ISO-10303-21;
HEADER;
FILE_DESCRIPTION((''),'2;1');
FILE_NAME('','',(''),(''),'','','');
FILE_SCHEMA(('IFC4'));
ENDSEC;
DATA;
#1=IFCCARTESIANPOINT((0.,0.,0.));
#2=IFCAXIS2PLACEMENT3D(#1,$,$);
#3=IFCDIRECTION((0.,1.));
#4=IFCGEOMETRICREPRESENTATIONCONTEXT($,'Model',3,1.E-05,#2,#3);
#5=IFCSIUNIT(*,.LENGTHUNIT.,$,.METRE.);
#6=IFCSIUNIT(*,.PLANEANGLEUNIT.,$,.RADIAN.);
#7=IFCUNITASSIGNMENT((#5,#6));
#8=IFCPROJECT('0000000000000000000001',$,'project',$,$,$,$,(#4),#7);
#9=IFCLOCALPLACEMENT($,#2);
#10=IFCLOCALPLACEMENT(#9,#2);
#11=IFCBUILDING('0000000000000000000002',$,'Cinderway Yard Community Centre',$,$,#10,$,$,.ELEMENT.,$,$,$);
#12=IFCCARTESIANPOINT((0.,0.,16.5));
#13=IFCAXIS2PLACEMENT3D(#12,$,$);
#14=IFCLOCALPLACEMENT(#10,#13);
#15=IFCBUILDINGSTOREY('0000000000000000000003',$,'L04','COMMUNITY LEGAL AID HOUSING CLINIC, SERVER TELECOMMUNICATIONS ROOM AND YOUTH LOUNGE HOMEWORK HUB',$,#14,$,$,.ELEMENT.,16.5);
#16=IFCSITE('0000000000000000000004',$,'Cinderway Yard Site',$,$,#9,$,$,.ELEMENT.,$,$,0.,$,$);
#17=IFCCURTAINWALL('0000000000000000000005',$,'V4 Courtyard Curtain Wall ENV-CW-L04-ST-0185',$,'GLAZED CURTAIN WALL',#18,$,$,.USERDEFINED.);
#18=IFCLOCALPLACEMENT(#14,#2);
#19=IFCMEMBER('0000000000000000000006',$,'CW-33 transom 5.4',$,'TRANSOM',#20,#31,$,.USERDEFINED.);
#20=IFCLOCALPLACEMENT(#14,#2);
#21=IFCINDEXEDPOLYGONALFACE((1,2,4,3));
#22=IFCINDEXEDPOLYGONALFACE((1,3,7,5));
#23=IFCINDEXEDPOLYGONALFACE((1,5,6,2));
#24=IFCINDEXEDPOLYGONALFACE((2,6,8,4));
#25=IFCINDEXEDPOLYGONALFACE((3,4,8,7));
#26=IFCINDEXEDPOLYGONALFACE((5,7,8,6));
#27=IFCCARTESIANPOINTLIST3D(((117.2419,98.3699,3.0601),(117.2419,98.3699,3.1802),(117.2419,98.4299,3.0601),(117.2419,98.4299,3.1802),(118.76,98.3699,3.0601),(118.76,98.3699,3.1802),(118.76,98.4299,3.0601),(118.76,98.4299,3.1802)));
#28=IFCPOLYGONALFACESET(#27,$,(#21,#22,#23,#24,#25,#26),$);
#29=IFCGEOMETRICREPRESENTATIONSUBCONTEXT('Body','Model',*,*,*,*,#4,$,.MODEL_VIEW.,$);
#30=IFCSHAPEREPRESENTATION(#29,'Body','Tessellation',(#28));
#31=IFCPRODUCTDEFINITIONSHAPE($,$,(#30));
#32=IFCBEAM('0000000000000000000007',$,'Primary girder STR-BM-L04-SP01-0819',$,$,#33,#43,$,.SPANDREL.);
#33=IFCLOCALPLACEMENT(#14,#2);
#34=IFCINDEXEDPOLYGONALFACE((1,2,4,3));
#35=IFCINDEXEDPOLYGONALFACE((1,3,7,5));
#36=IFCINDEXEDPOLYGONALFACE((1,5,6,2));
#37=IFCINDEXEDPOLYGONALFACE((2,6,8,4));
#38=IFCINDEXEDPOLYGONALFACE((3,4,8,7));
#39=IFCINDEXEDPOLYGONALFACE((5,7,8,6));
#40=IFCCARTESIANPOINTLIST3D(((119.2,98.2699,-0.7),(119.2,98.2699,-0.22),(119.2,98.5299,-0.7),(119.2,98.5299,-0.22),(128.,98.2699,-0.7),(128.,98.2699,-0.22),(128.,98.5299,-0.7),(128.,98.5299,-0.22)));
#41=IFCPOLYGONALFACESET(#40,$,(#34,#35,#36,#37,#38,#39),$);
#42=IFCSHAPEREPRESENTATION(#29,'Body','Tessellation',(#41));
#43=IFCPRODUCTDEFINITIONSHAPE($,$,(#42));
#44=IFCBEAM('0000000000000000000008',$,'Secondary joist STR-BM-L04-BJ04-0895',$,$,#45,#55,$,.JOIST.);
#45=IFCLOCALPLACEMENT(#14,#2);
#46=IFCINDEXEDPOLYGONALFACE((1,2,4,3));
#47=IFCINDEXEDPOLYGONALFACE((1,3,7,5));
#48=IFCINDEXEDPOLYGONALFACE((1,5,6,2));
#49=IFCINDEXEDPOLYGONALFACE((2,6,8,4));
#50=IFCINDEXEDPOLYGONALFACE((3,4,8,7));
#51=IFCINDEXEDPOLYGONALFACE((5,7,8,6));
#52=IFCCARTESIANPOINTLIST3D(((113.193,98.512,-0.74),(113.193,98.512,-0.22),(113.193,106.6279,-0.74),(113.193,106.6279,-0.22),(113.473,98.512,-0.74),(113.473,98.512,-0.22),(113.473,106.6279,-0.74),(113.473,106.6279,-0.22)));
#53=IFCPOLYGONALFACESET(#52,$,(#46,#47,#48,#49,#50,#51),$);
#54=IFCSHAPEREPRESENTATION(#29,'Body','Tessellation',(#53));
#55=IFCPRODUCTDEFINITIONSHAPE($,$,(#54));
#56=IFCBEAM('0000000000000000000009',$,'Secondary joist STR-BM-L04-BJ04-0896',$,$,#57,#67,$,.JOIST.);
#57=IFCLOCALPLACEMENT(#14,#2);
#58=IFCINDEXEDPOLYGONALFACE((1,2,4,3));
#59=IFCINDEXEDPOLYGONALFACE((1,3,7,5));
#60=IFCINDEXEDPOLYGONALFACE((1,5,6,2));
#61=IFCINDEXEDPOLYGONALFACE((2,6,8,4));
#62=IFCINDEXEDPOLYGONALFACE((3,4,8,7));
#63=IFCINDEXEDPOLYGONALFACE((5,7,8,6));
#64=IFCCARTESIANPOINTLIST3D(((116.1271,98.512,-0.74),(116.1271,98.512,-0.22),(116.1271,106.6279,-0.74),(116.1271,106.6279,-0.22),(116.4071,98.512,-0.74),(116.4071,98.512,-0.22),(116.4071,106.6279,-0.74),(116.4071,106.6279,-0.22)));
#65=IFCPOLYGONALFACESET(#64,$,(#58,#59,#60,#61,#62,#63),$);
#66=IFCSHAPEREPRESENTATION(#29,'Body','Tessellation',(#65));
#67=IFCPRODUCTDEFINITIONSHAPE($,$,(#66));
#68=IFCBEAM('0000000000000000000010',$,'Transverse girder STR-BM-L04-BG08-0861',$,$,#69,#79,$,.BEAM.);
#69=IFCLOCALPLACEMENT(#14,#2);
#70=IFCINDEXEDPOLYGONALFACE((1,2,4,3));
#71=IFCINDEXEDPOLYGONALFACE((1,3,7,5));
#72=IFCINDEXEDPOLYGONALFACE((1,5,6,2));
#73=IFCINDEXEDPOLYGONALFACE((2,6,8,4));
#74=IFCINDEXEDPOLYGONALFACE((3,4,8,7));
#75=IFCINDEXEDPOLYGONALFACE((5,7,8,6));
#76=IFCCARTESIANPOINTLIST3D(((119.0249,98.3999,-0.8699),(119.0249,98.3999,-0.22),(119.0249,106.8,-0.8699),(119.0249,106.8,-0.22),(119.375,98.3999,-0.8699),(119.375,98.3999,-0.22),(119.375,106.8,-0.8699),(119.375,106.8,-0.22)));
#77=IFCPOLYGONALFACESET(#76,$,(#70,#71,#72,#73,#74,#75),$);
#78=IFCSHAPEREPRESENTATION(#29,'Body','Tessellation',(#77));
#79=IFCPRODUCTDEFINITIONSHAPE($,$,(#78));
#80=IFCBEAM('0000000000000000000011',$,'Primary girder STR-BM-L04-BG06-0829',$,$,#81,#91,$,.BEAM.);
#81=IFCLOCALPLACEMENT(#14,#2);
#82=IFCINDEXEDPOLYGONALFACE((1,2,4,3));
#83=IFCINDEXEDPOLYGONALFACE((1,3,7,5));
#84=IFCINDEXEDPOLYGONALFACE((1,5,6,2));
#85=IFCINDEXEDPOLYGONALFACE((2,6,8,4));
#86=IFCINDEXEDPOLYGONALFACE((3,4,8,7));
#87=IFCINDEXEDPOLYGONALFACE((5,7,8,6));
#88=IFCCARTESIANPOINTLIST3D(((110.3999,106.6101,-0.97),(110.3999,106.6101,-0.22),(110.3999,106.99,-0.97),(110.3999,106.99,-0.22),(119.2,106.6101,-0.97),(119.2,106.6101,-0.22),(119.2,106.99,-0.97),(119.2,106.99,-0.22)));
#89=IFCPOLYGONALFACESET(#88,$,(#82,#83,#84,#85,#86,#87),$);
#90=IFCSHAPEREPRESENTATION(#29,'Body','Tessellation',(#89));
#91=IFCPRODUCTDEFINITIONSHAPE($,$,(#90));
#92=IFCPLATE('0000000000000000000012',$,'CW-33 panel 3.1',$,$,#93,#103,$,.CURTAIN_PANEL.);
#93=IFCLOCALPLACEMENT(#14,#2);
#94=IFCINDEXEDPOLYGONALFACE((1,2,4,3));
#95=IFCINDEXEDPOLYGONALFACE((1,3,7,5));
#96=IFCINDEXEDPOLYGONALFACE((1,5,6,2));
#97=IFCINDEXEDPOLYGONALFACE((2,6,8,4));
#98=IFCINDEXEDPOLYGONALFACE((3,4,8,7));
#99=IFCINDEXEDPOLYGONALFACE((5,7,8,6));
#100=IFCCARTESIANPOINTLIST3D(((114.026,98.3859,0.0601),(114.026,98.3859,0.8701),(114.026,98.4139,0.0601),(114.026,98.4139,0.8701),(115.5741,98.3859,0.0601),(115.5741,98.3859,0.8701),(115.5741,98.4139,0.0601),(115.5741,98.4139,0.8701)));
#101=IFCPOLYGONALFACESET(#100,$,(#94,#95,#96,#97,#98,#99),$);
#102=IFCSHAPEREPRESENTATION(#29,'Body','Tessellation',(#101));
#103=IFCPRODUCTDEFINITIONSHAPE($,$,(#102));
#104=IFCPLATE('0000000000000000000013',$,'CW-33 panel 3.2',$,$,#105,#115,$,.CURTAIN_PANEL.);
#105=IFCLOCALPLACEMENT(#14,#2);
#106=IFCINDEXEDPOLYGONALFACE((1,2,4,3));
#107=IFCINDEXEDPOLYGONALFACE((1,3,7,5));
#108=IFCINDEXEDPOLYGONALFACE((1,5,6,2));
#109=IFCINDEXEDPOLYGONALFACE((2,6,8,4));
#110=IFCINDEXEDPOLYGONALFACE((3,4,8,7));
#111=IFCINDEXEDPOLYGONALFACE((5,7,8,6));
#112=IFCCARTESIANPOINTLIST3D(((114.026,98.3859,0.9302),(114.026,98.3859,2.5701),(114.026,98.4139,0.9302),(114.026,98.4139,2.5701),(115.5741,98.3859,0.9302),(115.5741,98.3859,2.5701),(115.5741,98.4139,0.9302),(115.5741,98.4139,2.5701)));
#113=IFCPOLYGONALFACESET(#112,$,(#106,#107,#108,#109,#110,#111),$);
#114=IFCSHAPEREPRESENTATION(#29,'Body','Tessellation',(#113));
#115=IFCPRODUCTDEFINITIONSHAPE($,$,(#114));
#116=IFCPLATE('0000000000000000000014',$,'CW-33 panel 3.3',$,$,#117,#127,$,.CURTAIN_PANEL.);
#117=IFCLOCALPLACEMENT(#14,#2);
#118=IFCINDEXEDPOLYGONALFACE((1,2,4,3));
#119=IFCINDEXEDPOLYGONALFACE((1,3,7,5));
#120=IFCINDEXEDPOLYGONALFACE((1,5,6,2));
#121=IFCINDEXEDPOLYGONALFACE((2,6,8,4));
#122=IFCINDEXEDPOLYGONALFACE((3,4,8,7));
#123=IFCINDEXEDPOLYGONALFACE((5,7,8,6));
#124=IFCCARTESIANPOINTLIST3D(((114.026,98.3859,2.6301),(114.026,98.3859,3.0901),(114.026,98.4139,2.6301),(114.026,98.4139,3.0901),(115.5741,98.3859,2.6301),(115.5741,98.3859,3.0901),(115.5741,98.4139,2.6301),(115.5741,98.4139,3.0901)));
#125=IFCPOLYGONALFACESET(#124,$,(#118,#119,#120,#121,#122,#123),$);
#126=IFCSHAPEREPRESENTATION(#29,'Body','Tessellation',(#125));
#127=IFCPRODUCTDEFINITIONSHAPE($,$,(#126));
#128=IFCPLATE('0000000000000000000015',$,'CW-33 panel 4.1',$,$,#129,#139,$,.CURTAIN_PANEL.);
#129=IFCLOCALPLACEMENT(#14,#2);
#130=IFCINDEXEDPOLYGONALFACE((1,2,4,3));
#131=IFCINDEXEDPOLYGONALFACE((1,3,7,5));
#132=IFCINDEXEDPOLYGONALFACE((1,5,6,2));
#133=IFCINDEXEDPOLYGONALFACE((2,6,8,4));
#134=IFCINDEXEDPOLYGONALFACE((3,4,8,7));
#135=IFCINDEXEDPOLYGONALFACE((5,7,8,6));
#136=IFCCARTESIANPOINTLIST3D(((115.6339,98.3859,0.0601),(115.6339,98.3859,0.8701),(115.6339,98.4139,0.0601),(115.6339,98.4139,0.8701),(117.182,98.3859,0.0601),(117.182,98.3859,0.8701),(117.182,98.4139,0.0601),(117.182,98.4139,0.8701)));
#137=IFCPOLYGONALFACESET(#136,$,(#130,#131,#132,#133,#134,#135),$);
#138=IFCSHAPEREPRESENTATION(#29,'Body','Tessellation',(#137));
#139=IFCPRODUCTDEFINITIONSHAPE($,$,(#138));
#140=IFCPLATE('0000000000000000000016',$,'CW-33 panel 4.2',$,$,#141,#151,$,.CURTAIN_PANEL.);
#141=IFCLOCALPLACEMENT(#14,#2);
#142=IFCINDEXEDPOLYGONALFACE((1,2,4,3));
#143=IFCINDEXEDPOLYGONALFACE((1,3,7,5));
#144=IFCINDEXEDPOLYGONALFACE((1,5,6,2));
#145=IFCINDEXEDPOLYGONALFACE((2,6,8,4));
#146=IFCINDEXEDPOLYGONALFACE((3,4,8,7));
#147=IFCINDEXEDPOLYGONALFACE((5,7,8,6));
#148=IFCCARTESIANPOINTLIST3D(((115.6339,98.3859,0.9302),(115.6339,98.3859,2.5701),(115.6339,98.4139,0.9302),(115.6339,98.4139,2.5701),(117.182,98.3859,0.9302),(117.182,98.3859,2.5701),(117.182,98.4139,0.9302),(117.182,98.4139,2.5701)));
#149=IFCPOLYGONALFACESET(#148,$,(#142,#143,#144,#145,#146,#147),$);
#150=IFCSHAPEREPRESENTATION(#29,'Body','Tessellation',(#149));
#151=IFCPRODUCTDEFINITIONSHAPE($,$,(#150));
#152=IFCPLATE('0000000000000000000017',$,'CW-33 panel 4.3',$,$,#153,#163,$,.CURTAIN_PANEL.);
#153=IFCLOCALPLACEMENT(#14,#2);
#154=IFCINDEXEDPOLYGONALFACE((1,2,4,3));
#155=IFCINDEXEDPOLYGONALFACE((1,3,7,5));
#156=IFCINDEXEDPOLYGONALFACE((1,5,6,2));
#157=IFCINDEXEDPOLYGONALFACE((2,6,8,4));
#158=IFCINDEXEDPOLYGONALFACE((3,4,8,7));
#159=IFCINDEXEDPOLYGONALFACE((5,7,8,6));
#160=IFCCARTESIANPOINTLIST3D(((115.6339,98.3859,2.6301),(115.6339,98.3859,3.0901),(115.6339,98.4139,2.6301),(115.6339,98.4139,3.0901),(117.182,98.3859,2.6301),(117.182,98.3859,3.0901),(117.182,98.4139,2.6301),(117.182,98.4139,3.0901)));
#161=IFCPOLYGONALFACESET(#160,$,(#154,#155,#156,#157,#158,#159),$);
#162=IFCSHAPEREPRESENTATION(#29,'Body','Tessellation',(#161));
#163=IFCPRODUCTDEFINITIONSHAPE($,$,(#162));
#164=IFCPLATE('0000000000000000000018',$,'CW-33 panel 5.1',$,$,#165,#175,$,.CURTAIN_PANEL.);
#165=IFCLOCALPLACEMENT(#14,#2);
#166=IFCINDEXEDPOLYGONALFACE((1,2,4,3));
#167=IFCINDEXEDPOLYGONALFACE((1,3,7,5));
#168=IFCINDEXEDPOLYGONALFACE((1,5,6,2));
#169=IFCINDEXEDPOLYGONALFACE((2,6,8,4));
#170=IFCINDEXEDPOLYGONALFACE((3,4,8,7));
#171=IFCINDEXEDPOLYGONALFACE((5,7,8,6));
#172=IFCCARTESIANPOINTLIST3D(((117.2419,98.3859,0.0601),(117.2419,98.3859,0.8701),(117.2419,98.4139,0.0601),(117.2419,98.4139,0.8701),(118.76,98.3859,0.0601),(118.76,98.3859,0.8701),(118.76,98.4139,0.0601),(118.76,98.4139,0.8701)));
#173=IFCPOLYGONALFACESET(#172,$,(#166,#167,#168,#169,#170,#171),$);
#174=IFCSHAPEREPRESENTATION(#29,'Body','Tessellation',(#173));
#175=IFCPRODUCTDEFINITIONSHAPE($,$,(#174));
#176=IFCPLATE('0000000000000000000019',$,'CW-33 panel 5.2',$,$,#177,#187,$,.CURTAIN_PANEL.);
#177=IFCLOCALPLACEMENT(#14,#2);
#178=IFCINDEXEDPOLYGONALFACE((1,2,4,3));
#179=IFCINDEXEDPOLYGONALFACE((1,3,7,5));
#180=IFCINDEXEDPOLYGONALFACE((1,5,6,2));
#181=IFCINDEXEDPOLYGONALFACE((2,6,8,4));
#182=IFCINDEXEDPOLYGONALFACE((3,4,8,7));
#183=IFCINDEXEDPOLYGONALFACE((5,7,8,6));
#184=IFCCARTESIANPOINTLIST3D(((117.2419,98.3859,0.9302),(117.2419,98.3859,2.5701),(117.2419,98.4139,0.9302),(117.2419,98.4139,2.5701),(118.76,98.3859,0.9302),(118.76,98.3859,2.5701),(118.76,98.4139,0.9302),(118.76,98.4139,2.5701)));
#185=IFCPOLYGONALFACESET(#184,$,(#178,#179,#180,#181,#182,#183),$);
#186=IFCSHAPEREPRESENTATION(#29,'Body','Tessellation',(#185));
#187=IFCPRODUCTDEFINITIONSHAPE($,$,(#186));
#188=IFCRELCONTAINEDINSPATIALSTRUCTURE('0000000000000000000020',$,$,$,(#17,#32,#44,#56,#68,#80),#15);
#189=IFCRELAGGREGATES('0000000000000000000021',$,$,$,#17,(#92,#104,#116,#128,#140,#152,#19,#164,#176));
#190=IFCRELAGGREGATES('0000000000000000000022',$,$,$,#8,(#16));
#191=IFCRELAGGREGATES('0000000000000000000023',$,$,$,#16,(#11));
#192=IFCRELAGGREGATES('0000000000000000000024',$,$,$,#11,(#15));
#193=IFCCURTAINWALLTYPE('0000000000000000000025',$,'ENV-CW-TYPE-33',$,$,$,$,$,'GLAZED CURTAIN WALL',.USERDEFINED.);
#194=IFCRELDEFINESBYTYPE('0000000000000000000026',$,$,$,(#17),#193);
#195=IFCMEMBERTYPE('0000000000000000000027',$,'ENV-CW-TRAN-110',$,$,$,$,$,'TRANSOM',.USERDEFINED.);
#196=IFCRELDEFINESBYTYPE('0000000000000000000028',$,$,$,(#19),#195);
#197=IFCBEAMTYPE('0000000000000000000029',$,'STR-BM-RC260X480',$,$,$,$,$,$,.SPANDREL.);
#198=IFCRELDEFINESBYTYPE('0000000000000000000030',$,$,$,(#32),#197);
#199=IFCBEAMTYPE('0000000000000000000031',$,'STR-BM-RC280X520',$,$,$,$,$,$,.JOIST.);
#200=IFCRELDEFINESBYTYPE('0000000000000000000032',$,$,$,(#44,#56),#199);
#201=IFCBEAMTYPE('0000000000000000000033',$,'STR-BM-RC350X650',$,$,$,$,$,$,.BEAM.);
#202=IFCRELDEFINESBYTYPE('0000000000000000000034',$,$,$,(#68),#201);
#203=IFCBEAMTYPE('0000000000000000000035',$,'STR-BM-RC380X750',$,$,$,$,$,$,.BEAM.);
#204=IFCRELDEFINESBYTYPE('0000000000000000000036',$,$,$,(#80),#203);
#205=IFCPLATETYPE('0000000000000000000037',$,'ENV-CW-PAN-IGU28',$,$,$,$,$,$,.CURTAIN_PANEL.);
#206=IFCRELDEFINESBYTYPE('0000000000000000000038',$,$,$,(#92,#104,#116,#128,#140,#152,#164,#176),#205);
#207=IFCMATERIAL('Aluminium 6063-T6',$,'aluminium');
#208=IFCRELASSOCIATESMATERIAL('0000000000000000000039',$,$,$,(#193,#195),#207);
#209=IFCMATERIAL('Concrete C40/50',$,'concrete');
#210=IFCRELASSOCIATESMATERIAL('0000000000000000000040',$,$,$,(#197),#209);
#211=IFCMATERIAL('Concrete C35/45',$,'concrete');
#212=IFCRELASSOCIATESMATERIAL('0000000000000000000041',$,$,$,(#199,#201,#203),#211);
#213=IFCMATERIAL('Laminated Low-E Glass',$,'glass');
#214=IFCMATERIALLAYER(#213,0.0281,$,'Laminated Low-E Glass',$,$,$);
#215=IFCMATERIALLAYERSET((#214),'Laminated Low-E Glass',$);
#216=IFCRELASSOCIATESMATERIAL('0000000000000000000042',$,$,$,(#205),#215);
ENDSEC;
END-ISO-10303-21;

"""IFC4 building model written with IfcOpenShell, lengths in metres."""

from ifc_helpers import new_model, si_unit, direction, frame, origin, origin_2d, place, context, subcontext, project, spatial, rectangle, extrude, material, layer, layer_set, material_profile, profile_set, type_object, element, aggregate, save


model = new_model("IFC4")

# Units and contexts
model_context = context("Model", 3, precision=1e-05, world=origin(), true_north=direction((0.0, 1.0)))
body_context = subcontext(model_context, "Body", "Model", "MODEL_VIEW")
ifc_project = project(units=[si_unit("LENGTHUNIT", "METRE"), si_unit("PLANEANGLEUNIT", "RADIAN")], contexts=[model_context])

# Site, building, storey
site_placement = place(None, origin())
site = spatial("IfcSite", under=ifc_project, at=site_placement, Name="Cinderway Yard Site", CompositionType="ELEMENT", RefElevation=0.0)
building_placement = place(site_placement, origin())
building = spatial("IfcBuilding", under=site, at=building_placement, Name="Cinderway Yard Community Centre", CompositionType="ELEMENT")
storey_placement = place(building_placement, frame((0.0, 0.0, 16.5)))
storey = spatial("IfcBuildingStorey", under=building, at=storey_placement, Name="L04", Description="COMMUNITY LEGAL AID HOUSING CLINIC, SERVER TELECOMMUNICATIONS ROOM AND YOUTH LOUNGE HOMEWORK HUB", CompositionType="ELEMENT", Elevation=16.5)

# Shared definitions
ifc_material_1 = material(Name="Concrete C40/50", Category="concrete")

# Curtain wall, member
ifc_material_2 = material(Name="Aluminium 6063-T6", Category="aluminium")
curtain_wall_type = type_object("IfcCurtainWallType", Name="ENV-CW-TYPE-33", ElementType="GLAZED CURTAIN WALL", PredefinedType="USERDEFINED", material=ifc_material_2)
curtain_wall_placement = place(storey_placement, origin())
curtain_wall = element("IfcCurtainWall", 1, at=curtain_wall_placement, inside=storey, type_object=curtain_wall_type, Name="V4 Courtyard Curtain Wall ENV-CW-L04-ST-0185", ObjectType="GLAZED CURTAIN WALL", PredefinedType="USERDEFINED")
ifc_material_profile_1 = material_profile(ifc_material_2, rectangle(XDim=0.0601, YDim=0.1201, at=origin_2d()), Name="Aluminium 6063-T6")
ifc_profile_set_1 = profile_set([ifc_material_profile_1], Name="Aluminium 6063-T6")
member_type_1 = type_object("IfcMemberType", Name="ENV-CW-TRAN-110", ElementType="TRANSOM", PredefinedType="USERDEFINED", material=ifc_profile_set_1)
member_1_placement = place(storey_placement, frame((117.2419, 98.3999, 3.1201), z_axis=(1.0, 0.0, 0.0), x_axis=(0.0, 1.0, 0.0)))
member_1 = element("IfcMember", 2, at=member_1_placement, type_object=member_type_1, Name="CW-33 transom 5.4", ObjectType="TRANSOM", PredefinedType="USERDEFINED", context=body_context, shape_type="SweptSolid", body=[
    extrude(rectangle(XDim=0.0601, YDim=0.1201, at=origin_2d()), origin(), (0.0, 0.0, 1.0), 1.5181),
])

# Beams
ifc_material_profile_2 = material_profile(ifc_material_1, rectangle(XDim=0.26, YDim=0.48, at=origin_2d()), Name="Concrete C40/50")
ifc_profile_set_2 = profile_set([ifc_material_profile_2], Name="Concrete C40/50")
beam_type_1 = type_object("IfcBeamType", Name="STR-BM-RC260X480", PredefinedType="SPANDREL", material=ifc_profile_set_2)
beam_1_placement = place(storey_placement, frame((119.2, 98.3999, -0.46), z_axis=(1.0, 0.0, 0.0), x_axis=(0.0, 1.0, 0.0)))
element("IfcBeam", 3, at=beam_1_placement, inside=storey, type_object=beam_type_1, Name="Primary girder STR-BM-L04-SP01-0819", PredefinedType="SPANDREL", context=body_context, shape_type="SweptSolid", body=[
    extrude(rectangle(XDim=0.26, YDim=0.48, at=origin_2d()), origin(), (0.0, 0.0, 1.0), 8.8),
])
ifc_material_3 = material(Name="Concrete C35/45", Category="concrete")
ifc_material_profile_3 = material_profile(ifc_material_3, rectangle(XDim=0.28, YDim=0.52, at=origin_2d()), Name="Concrete C35/45")
ifc_profile_set_3 = profile_set([ifc_material_profile_3], Name="Concrete C35/45")
beam_type_2 = type_object("IfcBeamType", Name="STR-BM-RC280X520", PredefinedType="JOIST", material=ifc_profile_set_3)
for number, where, z_axis, x_axis, name in (
    (4, (113.333, 98.512, -0.48), (0.0, 1.0, 0.0), (-1.0, 0.0, 0.0), "Secondary joist STR-BM-L04-BJ04-0895"),
    (5, (116.2671, 98.512, -0.48), (0.0, 1.0, 0.0), (-1.0, 0.0, 0.0), "Secondary joist STR-BM-L04-BJ04-0896"),
):
    element("IfcBeam", number, at=place(storey_placement, frame(where, z_axis=z_axis, x_axis=x_axis)), inside=storey, type_object=beam_type_2, Name=name, PredefinedType="JOIST", context=body_context, shape_type="SweptSolid", body=[
        extrude(rectangle(XDim=0.28, YDim=0.52, at=origin_2d()), origin(), (0.0, 0.0, 1.0), 8.116),
    ])
ifc_material_profile_4 = material_profile(ifc_material_3, rectangle(XDim=0.3501, YDim=0.6499, at=origin_2d()), Name="Concrete C35/45")
ifc_profile_set_4 = profile_set([ifc_material_profile_4], Name="Concrete C35/45")
beam_type_3 = type_object("IfcBeamType", Name="STR-BM-RC350X650", PredefinedType="BEAM", material=ifc_profile_set_4)
beam_2_placement = place(storey_placement, frame((119.2, 98.3999, -0.5449), z_axis=(0.0, 1.0, 0.0), x_axis=(-1.0, 0.0, 0.0)))
element("IfcBeam", 6, at=beam_2_placement, inside=storey, type_object=beam_type_3, Name="Transverse girder STR-BM-L04-BG08-0861", PredefinedType="BEAM", context=body_context, shape_type="SweptSolid", body=[
    extrude(rectangle(XDim=0.3501, YDim=0.6499, at=origin_2d()), origin(), (0.0, 0.0, 1.0), 8.4001),
])
ifc_material_profile_5 = material_profile(ifc_material_3, rectangle(XDim=0.3799, YDim=0.75, at=origin_2d()), Name="Concrete C35/45")
ifc_profile_set_5 = profile_set([ifc_material_profile_5], Name="Concrete C35/45")
beam_type_4 = type_object("IfcBeamType", Name="STR-BM-RC380X750", PredefinedType="BEAM", material=ifc_profile_set_5)
beam_3_placement = place(storey_placement, frame((110.3999, 106.8, -0.595), z_axis=(1.0, 0.0, 0.0), x_axis=(0.0, 1.0, 0.0)))
element("IfcBeam", 7, at=beam_3_placement, inside=storey, type_object=beam_type_4, Name="Primary girder STR-BM-L04-BG06-0829", PredefinedType="BEAM", context=body_context, shape_type="SweptSolid", body=[
    extrude(rectangle(XDim=0.3799, YDim=0.75, at=origin_2d()), origin(), (0.0, 0.0, 1.0), 8.8),
])

# Plates
ifc_material_4 = material(Name="Laminated Low-E Glass", Category="glass")
ifc_layer = layer(ifc_material_4, 0.0281, Name="Laminated Low-E Glass")
ifc_layer_set = layer_set([ifc_layer], Name="Laminated Low-E Glass")
plate_type = type_object("IfcPlateType", Name="ENV-CW-PAN-IGU28", PredefinedType="CURTAIN_PANEL", material=ifc_layer_set)
plate_1_placement = place(storey_placement, frame((114.8, 98.3999, 0.0601), z_axis=(0.0, 0.0, 1.0), x_axis=(1.0, 0.0, 0.0)))
plate_1 = element("IfcPlate", 8, at=plate_1_placement, type_object=plate_type, Name="CW-33 panel 3.1", PredefinedType="CURTAIN_PANEL", context=body_context, shape_type="SweptSolid", body=[
    extrude(rectangle(XDim=1.5481, YDim=0.0281, at=origin_2d()), origin(), (0.0, 0.0, 1.0), 0.8101),
])
plate_2_placement = place(storey_placement, frame((114.8, 98.3999, 0.9302), z_axis=(0.0, 0.0, 1.0), x_axis=(1.0, 0.0, 0.0)))
plate_2 = element("IfcPlate", 9, at=plate_2_placement, type_object=plate_type, Name="CW-33 panel 3.2", PredefinedType="CURTAIN_PANEL", context=body_context, shape_type="SweptSolid", body=[
    extrude(rectangle(XDim=1.5481, YDim=0.0281, at=origin_2d()), origin(), (0.0, 0.0, 1.0), 1.6399),
])
plate_3_placement = place(storey_placement, frame((114.8, 98.3999, 2.6301), z_axis=(0.0, 0.0, 1.0), x_axis=(1.0, 0.0, 0.0)))
plate_3 = element("IfcPlate", 10, at=plate_3_placement, type_object=plate_type, Name="CW-33 panel 3.3", PredefinedType="CURTAIN_PANEL", context=body_context, shape_type="SweptSolid", body=[
    extrude(rectangle(XDim=1.5481, YDim=0.0281, at=origin_2d()), origin(), (0.0, 0.0, 1.0), 0.46),
])
plate_4_placement = place(storey_placement, frame((116.408, 98.3999, 0.0601), z_axis=(0.0, 0.0, 1.0), x_axis=(1.0, 0.0, 0.0)))
plate_4 = element("IfcPlate", 11, at=plate_4_placement, type_object=plate_type, Name="CW-33 panel 4.1", PredefinedType="CURTAIN_PANEL", context=body_context, shape_type="SweptSolid", body=[
    extrude(rectangle(XDim=1.5481, YDim=0.0281, at=origin_2d()), origin(), (0.0, 0.0, 1.0), 0.8101),
])
plate_5_placement = place(storey_placement, frame((116.408, 98.3999, 0.9302), z_axis=(0.0, 0.0, 1.0), x_axis=(1.0, 0.0, 0.0)))
plate_5 = element("IfcPlate", 12, at=plate_5_placement, type_object=plate_type, Name="CW-33 panel 4.2", PredefinedType="CURTAIN_PANEL", context=body_context, shape_type="SweptSolid", body=[
    extrude(rectangle(XDim=1.5481, YDim=0.0281, at=origin_2d()), origin(), (0.0, 0.0, 1.0), 1.6399),
])
plate_6_placement = place(storey_placement, frame((116.408, 98.3999, 2.6301), z_axis=(0.0, 0.0, 1.0), x_axis=(1.0, 0.0, 0.0)))
plate_6 = element("IfcPlate", 13, at=plate_6_placement, type_object=plate_type, Name="CW-33 panel 4.3", PredefinedType="CURTAIN_PANEL", context=body_context, shape_type="SweptSolid", body=[
    extrude(rectangle(XDim=1.5481, YDim=0.0281, at=origin_2d()), origin(), (0.0, 0.0, 1.0), 0.46),
])
plate_7_placement = place(storey_placement, frame((118.001, 98.3999, 0.0601), z_axis=(0.0, 0.0, 1.0), x_axis=(1.0, 0.0, 0.0)))
plate_7 = element("IfcPlate", 14, at=plate_7_placement, type_object=plate_type, Name="CW-33 panel 5.1", PredefinedType="CURTAIN_PANEL", context=body_context, shape_type="SweptSolid", body=[
    extrude(rectangle(XDim=1.5181, YDim=0.0281, at=origin_2d()), origin(), (0.0, 0.0, 1.0), 0.8101),
])
plate_8_placement = place(storey_placement, frame((118.001, 98.3999, 0.9302), z_axis=(0.0, 0.0, 1.0), x_axis=(1.0, 0.0, 0.0)))
plate_8 = element("IfcPlate", 15, at=plate_8_placement, type_object=plate_type, Name="CW-33 panel 5.2", PredefinedType="CURTAIN_PANEL", context=body_context, shape_type="SweptSolid", body=[
    extrude(rectangle(XDim=1.5181, YDim=0.0281, at=origin_2d()), origin(), (0.0, 0.0, 1.0), 1.6399),
])
aggregate(curtain_wall, [plate_1, plate_2, plate_3, plate_4, plate_5, plate_6, member_1, plate_7, plate_8])

save(model, "model.ifc")
